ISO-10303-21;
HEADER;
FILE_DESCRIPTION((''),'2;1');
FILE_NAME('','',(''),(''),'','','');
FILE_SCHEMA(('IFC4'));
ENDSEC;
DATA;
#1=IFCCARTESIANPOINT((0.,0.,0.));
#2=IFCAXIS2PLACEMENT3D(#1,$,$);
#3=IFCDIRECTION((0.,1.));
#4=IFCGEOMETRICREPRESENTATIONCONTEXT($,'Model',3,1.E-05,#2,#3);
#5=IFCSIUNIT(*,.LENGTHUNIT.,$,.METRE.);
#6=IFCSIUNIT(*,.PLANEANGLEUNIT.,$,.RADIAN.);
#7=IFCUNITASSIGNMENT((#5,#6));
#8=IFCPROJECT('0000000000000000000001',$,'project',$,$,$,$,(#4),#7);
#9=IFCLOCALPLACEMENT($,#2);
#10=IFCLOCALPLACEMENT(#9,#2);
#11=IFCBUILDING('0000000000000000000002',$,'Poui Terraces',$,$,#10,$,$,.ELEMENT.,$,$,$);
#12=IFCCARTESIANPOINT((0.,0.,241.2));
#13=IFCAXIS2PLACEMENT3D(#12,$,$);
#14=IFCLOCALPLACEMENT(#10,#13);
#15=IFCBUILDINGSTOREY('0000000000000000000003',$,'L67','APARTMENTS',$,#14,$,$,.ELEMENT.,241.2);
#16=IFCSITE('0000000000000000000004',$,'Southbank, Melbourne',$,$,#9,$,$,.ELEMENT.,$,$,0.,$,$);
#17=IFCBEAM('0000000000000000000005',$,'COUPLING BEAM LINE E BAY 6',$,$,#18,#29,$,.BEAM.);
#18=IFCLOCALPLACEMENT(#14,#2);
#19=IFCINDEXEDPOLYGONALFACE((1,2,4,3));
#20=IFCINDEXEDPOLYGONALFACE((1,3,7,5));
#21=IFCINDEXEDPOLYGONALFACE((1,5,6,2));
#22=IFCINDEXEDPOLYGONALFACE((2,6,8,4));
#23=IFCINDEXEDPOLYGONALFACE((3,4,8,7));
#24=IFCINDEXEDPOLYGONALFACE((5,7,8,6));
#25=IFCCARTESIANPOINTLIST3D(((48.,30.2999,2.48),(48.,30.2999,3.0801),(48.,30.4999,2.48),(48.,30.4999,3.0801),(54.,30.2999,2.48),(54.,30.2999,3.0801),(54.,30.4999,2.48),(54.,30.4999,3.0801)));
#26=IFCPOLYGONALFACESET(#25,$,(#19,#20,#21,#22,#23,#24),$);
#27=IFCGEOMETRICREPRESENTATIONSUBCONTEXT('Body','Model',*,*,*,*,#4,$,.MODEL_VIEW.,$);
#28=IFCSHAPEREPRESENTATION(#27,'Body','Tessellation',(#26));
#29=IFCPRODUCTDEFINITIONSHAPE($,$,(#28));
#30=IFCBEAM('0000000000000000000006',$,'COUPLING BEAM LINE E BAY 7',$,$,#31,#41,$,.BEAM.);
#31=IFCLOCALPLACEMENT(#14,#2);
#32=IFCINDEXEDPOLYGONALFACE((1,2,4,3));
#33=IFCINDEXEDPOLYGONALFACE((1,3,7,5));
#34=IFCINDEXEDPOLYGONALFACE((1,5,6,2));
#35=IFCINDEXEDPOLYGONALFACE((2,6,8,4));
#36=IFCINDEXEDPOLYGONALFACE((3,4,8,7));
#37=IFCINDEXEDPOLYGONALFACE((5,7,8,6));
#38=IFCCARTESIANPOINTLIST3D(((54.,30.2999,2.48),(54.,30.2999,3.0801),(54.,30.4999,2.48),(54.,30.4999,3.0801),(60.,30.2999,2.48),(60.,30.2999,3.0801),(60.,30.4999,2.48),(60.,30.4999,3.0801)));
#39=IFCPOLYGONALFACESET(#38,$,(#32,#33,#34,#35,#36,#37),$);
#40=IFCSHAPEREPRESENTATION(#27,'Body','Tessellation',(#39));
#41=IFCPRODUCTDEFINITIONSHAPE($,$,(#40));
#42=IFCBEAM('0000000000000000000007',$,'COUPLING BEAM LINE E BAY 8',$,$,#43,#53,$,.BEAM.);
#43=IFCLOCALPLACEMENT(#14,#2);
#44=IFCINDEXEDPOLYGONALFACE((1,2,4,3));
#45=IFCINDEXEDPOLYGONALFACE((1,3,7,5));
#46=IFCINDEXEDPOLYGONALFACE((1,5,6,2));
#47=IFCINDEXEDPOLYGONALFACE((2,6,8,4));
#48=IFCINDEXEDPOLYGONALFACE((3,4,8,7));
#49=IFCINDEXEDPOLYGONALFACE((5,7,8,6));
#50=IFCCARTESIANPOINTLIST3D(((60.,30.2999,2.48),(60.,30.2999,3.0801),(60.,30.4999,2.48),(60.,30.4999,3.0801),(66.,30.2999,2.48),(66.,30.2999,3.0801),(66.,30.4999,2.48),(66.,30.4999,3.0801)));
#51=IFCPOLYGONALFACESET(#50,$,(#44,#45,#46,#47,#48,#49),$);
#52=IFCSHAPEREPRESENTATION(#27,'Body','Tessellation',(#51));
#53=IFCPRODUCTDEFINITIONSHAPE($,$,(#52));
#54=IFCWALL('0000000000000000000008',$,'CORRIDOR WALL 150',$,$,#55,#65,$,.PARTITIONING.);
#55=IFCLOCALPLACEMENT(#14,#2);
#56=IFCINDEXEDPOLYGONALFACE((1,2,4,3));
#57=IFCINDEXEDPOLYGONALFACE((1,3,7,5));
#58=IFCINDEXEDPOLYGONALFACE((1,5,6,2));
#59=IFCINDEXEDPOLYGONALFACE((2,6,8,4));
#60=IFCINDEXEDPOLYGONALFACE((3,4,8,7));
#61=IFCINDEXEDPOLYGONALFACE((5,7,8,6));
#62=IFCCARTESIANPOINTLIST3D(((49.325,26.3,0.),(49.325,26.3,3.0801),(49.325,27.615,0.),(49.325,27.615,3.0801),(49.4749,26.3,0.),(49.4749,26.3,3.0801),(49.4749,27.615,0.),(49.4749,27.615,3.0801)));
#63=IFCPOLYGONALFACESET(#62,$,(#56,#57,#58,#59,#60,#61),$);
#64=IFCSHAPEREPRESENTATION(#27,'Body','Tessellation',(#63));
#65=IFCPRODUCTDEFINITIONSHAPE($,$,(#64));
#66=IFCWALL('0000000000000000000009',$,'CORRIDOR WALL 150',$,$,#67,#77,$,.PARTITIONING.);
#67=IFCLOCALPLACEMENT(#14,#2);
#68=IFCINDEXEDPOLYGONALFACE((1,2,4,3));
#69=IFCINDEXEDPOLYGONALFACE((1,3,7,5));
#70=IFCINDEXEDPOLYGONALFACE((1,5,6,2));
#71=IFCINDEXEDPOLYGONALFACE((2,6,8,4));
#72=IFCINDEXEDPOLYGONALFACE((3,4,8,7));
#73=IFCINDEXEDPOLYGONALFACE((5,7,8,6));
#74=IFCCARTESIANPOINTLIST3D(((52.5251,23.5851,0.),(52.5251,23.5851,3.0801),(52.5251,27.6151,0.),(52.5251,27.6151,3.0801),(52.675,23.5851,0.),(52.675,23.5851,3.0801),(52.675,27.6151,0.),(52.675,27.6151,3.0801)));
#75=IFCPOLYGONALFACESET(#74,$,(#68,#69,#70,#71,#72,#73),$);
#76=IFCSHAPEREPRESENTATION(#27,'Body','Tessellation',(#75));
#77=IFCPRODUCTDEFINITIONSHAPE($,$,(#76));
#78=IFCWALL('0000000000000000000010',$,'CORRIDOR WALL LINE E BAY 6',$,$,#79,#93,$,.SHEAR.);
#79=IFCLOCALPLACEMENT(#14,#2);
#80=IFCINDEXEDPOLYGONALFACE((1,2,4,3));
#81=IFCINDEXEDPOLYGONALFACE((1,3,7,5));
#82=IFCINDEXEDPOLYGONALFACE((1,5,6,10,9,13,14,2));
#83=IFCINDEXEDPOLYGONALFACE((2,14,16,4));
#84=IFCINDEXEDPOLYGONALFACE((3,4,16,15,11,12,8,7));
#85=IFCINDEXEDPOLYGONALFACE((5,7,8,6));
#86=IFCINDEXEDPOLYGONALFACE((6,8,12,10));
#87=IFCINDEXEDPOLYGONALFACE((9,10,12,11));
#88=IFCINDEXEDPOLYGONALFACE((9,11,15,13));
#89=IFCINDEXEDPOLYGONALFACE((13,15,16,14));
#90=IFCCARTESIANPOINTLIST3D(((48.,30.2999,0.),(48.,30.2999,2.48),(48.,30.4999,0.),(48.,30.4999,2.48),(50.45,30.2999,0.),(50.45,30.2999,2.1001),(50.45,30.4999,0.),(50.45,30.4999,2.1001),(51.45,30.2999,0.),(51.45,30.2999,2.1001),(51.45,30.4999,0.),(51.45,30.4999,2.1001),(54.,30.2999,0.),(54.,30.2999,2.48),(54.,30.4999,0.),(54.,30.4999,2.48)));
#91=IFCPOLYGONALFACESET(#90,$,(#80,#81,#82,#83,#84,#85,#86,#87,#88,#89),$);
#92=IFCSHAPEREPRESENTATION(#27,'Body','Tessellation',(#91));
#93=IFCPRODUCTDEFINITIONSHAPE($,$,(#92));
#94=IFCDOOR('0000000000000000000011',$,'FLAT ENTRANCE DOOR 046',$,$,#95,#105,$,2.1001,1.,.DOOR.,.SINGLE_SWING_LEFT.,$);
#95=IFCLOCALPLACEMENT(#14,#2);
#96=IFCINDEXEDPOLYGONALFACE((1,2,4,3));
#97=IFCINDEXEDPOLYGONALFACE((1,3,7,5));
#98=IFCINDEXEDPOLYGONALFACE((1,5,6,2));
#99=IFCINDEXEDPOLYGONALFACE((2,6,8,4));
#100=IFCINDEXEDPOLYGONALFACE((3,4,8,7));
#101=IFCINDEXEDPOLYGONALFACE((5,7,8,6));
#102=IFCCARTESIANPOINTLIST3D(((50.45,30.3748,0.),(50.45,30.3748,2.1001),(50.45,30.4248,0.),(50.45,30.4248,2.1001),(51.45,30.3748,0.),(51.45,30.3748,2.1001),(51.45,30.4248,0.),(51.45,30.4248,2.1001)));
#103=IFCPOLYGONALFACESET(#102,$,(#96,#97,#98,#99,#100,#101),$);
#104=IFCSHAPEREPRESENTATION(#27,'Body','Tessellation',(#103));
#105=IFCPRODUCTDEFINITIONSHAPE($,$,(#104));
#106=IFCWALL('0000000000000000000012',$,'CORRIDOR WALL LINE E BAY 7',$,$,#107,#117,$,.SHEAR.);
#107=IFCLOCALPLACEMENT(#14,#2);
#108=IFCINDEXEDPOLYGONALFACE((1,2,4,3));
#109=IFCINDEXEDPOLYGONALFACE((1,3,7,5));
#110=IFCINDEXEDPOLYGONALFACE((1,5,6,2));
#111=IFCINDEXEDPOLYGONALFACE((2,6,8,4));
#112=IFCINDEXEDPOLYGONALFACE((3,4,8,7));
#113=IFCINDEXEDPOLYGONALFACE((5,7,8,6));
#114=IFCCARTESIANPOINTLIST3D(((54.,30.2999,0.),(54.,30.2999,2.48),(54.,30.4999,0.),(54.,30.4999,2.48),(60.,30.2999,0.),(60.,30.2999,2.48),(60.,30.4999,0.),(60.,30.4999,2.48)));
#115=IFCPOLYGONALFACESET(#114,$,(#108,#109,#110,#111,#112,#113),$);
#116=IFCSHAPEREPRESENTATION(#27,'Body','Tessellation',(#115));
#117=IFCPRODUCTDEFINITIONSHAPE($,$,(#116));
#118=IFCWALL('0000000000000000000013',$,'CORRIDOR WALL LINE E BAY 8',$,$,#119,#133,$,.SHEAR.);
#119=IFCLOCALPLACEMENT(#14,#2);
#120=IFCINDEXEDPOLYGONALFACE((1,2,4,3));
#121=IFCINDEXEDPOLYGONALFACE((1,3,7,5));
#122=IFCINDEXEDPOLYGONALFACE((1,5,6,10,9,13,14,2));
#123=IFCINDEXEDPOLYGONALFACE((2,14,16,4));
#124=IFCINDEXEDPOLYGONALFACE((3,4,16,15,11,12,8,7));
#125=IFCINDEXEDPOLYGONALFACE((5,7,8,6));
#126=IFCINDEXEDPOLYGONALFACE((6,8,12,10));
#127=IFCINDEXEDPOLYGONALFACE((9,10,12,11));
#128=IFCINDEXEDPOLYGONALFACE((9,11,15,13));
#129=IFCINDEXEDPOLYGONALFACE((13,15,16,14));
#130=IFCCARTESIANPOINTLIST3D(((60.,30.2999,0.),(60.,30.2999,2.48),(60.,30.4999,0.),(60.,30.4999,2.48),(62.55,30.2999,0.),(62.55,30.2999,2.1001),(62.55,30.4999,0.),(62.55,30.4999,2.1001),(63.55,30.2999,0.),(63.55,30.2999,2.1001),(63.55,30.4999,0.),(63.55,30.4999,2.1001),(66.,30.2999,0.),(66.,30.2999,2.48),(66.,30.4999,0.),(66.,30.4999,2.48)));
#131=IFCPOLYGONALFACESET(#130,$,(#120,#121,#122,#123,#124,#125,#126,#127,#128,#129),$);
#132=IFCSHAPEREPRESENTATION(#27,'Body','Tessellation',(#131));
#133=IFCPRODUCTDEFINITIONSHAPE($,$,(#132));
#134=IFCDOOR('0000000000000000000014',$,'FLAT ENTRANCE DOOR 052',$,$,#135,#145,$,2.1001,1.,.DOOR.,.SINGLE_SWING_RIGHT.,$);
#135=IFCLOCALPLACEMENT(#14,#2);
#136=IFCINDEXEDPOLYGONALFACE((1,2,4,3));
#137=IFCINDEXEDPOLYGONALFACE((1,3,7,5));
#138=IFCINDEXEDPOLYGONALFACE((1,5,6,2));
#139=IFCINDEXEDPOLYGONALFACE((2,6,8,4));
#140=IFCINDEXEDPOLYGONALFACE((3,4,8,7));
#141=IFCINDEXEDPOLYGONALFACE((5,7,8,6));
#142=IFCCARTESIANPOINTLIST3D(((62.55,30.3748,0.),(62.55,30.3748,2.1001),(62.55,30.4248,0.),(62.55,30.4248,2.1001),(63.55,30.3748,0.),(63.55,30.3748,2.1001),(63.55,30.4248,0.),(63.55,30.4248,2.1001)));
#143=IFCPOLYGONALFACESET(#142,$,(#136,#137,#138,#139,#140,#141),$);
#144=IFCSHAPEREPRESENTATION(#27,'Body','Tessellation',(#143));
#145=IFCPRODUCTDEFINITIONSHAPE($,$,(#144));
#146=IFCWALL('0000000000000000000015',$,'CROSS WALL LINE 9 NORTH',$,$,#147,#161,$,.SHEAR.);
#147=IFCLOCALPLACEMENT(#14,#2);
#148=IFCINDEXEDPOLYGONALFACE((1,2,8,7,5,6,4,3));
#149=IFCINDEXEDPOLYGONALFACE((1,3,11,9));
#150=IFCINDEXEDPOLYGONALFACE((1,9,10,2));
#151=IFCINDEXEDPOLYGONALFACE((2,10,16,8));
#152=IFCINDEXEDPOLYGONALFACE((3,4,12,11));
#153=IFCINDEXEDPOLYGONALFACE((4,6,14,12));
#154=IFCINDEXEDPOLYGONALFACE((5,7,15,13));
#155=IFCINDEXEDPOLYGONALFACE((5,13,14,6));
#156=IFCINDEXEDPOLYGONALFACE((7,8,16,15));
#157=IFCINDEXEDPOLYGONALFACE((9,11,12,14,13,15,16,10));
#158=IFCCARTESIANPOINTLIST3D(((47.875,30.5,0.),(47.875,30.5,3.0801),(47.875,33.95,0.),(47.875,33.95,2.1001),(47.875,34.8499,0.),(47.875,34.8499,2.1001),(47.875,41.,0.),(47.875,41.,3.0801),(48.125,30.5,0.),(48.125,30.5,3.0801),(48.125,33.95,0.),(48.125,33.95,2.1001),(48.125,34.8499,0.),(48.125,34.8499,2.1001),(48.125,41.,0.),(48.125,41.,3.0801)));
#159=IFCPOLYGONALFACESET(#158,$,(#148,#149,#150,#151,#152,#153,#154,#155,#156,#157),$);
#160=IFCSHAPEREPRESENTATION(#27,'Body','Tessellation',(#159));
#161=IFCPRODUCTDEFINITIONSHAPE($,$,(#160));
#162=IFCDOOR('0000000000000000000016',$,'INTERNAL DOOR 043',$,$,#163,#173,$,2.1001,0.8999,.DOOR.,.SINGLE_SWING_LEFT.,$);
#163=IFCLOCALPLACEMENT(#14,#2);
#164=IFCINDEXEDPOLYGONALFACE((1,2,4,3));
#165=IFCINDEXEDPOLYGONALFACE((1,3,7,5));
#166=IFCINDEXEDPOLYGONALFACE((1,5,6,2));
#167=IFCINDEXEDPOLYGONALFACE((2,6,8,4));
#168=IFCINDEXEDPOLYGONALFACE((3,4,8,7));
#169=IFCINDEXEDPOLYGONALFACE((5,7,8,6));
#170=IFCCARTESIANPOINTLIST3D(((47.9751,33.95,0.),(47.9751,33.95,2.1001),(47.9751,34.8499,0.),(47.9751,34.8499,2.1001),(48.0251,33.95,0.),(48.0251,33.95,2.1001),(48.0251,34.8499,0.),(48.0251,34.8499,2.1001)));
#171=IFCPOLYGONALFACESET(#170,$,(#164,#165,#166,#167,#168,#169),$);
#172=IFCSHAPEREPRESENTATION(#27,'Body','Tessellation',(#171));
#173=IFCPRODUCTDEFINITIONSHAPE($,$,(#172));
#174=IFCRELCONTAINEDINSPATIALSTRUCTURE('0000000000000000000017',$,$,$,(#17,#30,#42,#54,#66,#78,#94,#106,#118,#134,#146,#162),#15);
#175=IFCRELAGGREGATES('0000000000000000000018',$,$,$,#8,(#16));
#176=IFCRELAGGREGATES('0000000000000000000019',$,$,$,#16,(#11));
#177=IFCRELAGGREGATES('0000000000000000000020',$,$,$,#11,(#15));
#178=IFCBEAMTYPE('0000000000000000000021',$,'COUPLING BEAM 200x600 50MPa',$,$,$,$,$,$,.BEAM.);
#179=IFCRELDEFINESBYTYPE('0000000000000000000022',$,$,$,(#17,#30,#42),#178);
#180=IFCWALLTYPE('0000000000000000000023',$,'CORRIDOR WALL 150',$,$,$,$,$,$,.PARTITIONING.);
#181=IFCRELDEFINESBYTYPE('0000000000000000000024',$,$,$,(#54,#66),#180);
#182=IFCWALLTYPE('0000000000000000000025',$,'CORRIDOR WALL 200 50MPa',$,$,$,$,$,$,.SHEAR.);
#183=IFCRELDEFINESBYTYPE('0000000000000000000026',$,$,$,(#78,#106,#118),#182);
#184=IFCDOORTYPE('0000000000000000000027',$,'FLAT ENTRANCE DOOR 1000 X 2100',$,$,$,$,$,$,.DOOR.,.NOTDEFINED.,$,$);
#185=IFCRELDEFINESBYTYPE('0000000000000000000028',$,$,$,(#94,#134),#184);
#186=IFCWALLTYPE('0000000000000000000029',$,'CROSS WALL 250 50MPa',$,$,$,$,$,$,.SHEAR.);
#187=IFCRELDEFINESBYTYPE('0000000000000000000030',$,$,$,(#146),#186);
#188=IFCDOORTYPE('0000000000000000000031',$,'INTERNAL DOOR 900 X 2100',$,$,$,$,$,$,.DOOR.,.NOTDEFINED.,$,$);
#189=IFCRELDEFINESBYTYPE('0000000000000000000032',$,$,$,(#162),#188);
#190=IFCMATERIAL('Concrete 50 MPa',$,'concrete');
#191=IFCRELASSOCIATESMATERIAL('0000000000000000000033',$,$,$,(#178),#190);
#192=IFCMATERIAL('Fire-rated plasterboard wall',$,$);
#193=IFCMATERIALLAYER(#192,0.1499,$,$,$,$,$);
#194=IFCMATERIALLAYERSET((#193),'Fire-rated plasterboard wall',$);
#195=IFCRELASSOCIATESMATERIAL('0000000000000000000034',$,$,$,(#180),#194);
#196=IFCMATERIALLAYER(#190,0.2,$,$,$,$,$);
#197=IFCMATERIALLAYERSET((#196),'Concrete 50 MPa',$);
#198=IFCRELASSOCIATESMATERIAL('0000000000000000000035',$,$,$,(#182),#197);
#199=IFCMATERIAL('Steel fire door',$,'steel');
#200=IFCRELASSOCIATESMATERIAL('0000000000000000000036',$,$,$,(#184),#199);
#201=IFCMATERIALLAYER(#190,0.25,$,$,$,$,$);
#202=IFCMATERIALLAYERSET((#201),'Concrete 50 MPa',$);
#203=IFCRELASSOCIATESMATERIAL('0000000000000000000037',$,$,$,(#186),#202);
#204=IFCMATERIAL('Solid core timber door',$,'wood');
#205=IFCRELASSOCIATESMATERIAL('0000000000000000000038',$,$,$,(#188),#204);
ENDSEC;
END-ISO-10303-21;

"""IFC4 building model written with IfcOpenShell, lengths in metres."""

from ifc_helpers import new_model, si_unit, direction, frame, frame_2d, origin, origin_2d, place, context, subcontext, project, spatial, rectangle, extrude, source, transform, mapped, material, layer, layer_set, material_profile, profile_set, type_object, element, fill, save


model = new_model("IFC4")

# Units and contexts
model_context = context("Model", 3, precision=1e-05, world=origin(), true_north=direction((0.0, 1.0)))
body_context = subcontext(model_context, "Body", "Model", "MODEL_VIEW")
ifc_project = project(units=[si_unit("LENGTHUNIT", "METRE"), si_unit("PLANEANGLEUNIT", "RADIAN")], contexts=[model_context])

# Site, building, storey
site_placement = place(None, origin())
site = spatial("IfcSite", under=ifc_project, at=site_placement, Name="Southbank, Melbourne", CompositionType="ELEMENT", RefElevation=0.0)
building_placement = place(site_placement, origin())
building = spatial("IfcBuilding", under=site, at=building_placement, Name="Poui Terraces", CompositionType="ELEMENT")
storey_placement = place(building_placement, frame((0.0, 0.0, 241.2)))
storey = spatial("IfcBuildingStorey", under=building, at=storey_placement, Name="L67", Description="APARTMENTS", CompositionType="ELEMENT", Elevation=241.2)

# Beams
ifc_material_1 = material(Name="Concrete 50 MPa", Category="concrete")
ifc_material_profile = material_profile(ifc_material_1, rectangle(XDim=0.2, YDim=0.6001, at=origin_2d()), Name="RC 200x600")
ifc_profile_set = profile_set([ifc_material_profile], Name="Concrete 50 MPa")
beam_type = type_object("IfcBeamType", Name="COUPLING BEAM 200x600 50MPa", PredefinedType="BEAM", material=ifc_profile_set)
shared_shape = source(origin(), body_context, "Body", "SweptSolid", [
    extrude(rectangle(XDim=0.2, YDim=0.6001, at=origin_2d()), origin(), (0.0, 0.0, 1.0), 6.0),
])
for number, where, z_axis, x_axis, name in (
    (1, (48.0, 30.3999, 2.78), (1.0, 0.0, 0.0), (0.0, 1.0, 0.0), "COUPLING BEAM LINE E BAY 6"),
    (2, (54.0, 30.3999, 2.78), (1.0, 0.0, 0.0), (0.0, 1.0, 0.0), "COUPLING BEAM LINE E BAY 7"),
    (3, (60.0, 30.3999, 2.78), (1.0, 0.0, 0.0), (0.0, 1.0, 0.0), "COUPLING BEAM LINE E BAY 8"),
):
    element("IfcBeam", number, at=place(storey_placement, frame(where, z_axis=z_axis, x_axis=x_axis)), inside=storey, type_object=beam_type, Name=name, PredefinedType="BEAM", context=body_context, shape_type="MappedRepresentation", body=[
        mapped(shared_shape, transform((0.0, 0.0, 0.0))),
    ])

# Walls
ifc_material_2 = material(Name="Fire-rated plasterboard wall")
ifc_layer_1 = layer(ifc_material_2, 0.1499)
ifc_layer_set_1 = layer_set([ifc_layer_1], Name="Fire-rated plasterboard wall")
wall_type_1 = type_object("IfcWallType", Name="CORRIDOR WALL 150", PredefinedType="PARTITIONING", material=ifc_layer_set_1)
wall_1_placement = place(storey_placement, frame((49.3999, 26.3, 0.0), z_axis=(0.0, 0.0, 1.0), x_axis=(0.0, 1.0, 0.0)))
element("IfcWall", 4, at=wall_1_placement, inside=storey, type_object=wall_type_1, Name="CORRIDOR WALL 150", PredefinedType="PARTITIONING", context=body_context, shape_type="SweptSolid", body=[
    extrude(rectangle(XDim=1.3149, YDim=0.1499, at=frame_2d((0.6575, 0.0))), origin(), (0.0, 0.0, 1.0), 3.0801),
])
wall_2_placement = place(storey_placement, frame((52.6001, 23.585, 0.0), z_axis=(0.0, 0.0, 1.0), x_axis=(0.0, 1.0, 0.0)))
element("IfcWall", 5, at=wall_2_placement, inside=storey, type_object=wall_type_1, Name="CORRIDOR WALL 150", PredefinedType="PARTITIONING", context=body_context, shape_type="SweptSolid", body=[
    extrude(rectangle(XDim=4.03, YDim=0.1499, at=frame_2d((2.0151, 0.0))), origin(), (0.0, 0.0, 1.0), 3.0801),
])

# Wall, opening, door
ifc_layer_2 = layer(ifc_material_1, 0.2)
ifc_layer_set_2 = layer_set([ifc_layer_2], Name="Concrete 50 MPa")
wall_type_2 = type_object("IfcWallType", Name="CORRIDOR WALL 200 50MPa", PredefinedType="SHEAR", material=ifc_layer_set_2)
wall_3_placement = place(storey_placement, frame((48.0, 30.3999, 0.0), z_axis=(0.0, 0.0, 1.0), x_axis=(1.0, 0.0, 0.0)))
wall_3 = element("IfcWall", 6, at=wall_3_placement, inside=storey, type_object=wall_type_2, Name="CORRIDOR WALL LINE E BAY 6", PredefinedType="SHEAR", context=body_context, shape_type="SweptSolid", body=[
    extrude(rectangle(XDim=6.0, YDim=0.2, at=frame_2d((3.0, 0.0))), origin(), (0.0, 0.0, 1.0), 2.48),
])
opening_1_placement = place(wall_3_placement, frame((2.45, 0.0, 0.0)))
opening_1 = element("IfcOpeningElement", 7, at=opening_1_placement, cuts=wall_3, PredefinedType="OPENING", context=body_context, shape_type="SweptSolid", body=[
    extrude(rectangle(XDim=1.0, YDim=2.1001, at=frame_2d((0.5, 1.05))), frame((0.0, 0.1099, 0.0), z_axis=(0.0, -1.0, 0.0), x_axis=(1.0, 0.0, 0.0)), (0.0, 0.0, 1.0), 0.22),
])
ifc_material_3 = material(Name="Steel fire door", Category="steel")
door_type_1 = type_object("IfcDoorType", Name="FLAT ENTRANCE DOOR 1000 X 2100", OperationType="NOTDEFINED", PredefinedType="DOOR", material=ifc_material_3)
door_1_placement = place(opening_1_placement, origin())
door_1 = element("IfcDoor", 8, at=door_1_placement, inside=storey, type_object=door_type_1, Name="FLAT ENTRANCE DOOR 046", OperationType="SINGLE_SWING_LEFT", OverallHeight=2.1001, OverallWidth=1.0, PredefinedType="DOOR", context=body_context, shape_type="SweptSolid", body=[
    extrude(rectangle(XDim=1.0, YDim=2.1001, at=frame_2d((0.5, 1.05))), frame((0.0, 0.0249, 0.0), z_axis=(0.0, -1.0, 0.0), x_axis=(1.0, 0.0, 0.0)), (0.0, 0.0, 1.0), 0.05),
])
fill(opening_1, door_1)

# Wall
wall_4_placement = place(storey_placement, frame((54.0, 30.3999, 0.0), z_axis=(0.0, 0.0, 1.0), x_axis=(1.0, 0.0, 0.0)))
element("IfcWall", 9, at=wall_4_placement, inside=storey, type_object=wall_type_2, Name="CORRIDOR WALL LINE E BAY 7", PredefinedType="SHEAR", context=body_context, shape_type="SweptSolid", body=[
    extrude(rectangle(XDim=6.0, YDim=0.2, at=frame_2d((3.0, 0.0))), origin(), (0.0, 0.0, 1.0), 2.48),
])

# Walls, openings, doors
wall_5_placement = place(storey_placement, frame((60.0, 30.3999, 0.0), z_axis=(0.0, 0.0, 1.0), x_axis=(1.0, 0.0, 0.0)))
wall_5 = element("IfcWall", 10, at=wall_5_placement, inside=storey, type_object=wall_type_2, Name="CORRIDOR WALL LINE E BAY 8", PredefinedType="SHEAR", context=body_context, shape_type="SweptSolid", body=[
    extrude(rectangle(XDim=6.0, YDim=0.2, at=frame_2d((3.0, 0.0))), origin(), (0.0, 0.0, 1.0), 2.48),
])
opening_2_placement = place(wall_5_placement, frame((2.55, 0.0, 0.0)))
opening_2 = element("IfcOpeningElement", 11, at=opening_2_placement, cuts=wall_5, PredefinedType="OPENING", context=body_context, shape_type="SweptSolid", body=[
    extrude(rectangle(XDim=1.0, YDim=2.1001, at=frame_2d((0.5, 1.05))), frame((0.0, 0.1099, 0.0), z_axis=(0.0, -1.0, 0.0), x_axis=(1.0, 0.0, 0.0)), (0.0, 0.0, 1.0), 0.22),
])
door_2_placement = place(opening_2_placement, origin())
door_2 = element("IfcDoor", 12, at=door_2_placement, inside=storey, type_object=door_type_1, Name="FLAT ENTRANCE DOOR 052", OperationType="SINGLE_SWING_RIGHT", OverallHeight=2.1001, OverallWidth=1.0, PredefinedType="DOOR", context=body_context, shape_type="SweptSolid", body=[
    extrude(rectangle(XDim=1.0, YDim=2.1001, at=frame_2d((0.5, 1.05))), frame((0.0, 0.0249, 0.0), z_axis=(0.0, -1.0, 0.0), x_axis=(1.0, 0.0, 0.0)), (0.0, 0.0, 1.0), 0.05),
])
fill(opening_2, door_2)
ifc_layer_3 = layer(ifc_material_1, 0.25)
ifc_layer_set_3 = layer_set([ifc_layer_3], Name="Concrete 50 MPa")
wall_type_3 = type_object("IfcWallType", Name="CROSS WALL 250 50MPa", PredefinedType="SHEAR", material=ifc_layer_set_3)
wall_6_placement = place(storey_placement, frame((48.0, 30.5, 0.0), z_axis=(0.0, 0.0, 1.0), x_axis=(0.0, 1.0, 0.0)))
wall_6 = element("IfcWall", 13, at=wall_6_placement, inside=storey, type_object=wall_type_3, Name="CROSS WALL LINE 9 NORTH", PredefinedType="SHEAR", context=body_context, shape_type="SweptSolid", body=[
    extrude(rectangle(XDim=10.5, YDim=0.25, at=frame_2d((5.25, 0.0))), origin(), (0.0, 0.0, 1.0), 3.0801),
])
opening_3_placement = place(wall_6_placement, frame((3.45, 0.0, 0.0)))
opening_3 = element("IfcOpeningElement", 14, at=opening_3_placement, cuts=wall_6, PredefinedType="OPENING", context=body_context, shape_type="SweptSolid", body=[
    extrude(rectangle(XDim=0.8999, YDim=2.1001, at=frame_2d((0.45, 1.05))), frame((0.0, 0.135, 0.0), z_axis=(0.0, -1.0, 0.0), x_axis=(1.0, 0.0, 0.0)), (0.0, 0.0, 1.0), 0.27),
])
ifc_material_4 = material(Name="Solid core timber door", Category="wood")
door_type_2 = type_object("IfcDoorType", Name="INTERNAL DOOR 900 X 2100", OperationType="NOTDEFINED", PredefinedType="DOOR", material=ifc_material_4)
door_3_placement = place(opening_3_placement, origin())
door_3 = element("IfcDoor", 15, at=door_3_placement, inside=storey, type_object=door_type_2, Name="INTERNAL DOOR 043", OperationType="SINGLE_SWING_LEFT", OverallHeight=2.1001, OverallWidth=0.8999, PredefinedType="DOOR", context=body_context, shape_type="SweptSolid", body=[
    extrude(rectangle(XDim=0.8999, YDim=2.1001, at=frame_2d((0.45, 1.05))), frame((0.0, 0.0249, 0.0), z_axis=(0.0, -1.0, 0.0), x_axis=(1.0, 0.0, 0.0)), (0.0, 0.0, 1.0), 0.05),
])
fill(opening_3, door_3)

save(model, "model.ifc")
